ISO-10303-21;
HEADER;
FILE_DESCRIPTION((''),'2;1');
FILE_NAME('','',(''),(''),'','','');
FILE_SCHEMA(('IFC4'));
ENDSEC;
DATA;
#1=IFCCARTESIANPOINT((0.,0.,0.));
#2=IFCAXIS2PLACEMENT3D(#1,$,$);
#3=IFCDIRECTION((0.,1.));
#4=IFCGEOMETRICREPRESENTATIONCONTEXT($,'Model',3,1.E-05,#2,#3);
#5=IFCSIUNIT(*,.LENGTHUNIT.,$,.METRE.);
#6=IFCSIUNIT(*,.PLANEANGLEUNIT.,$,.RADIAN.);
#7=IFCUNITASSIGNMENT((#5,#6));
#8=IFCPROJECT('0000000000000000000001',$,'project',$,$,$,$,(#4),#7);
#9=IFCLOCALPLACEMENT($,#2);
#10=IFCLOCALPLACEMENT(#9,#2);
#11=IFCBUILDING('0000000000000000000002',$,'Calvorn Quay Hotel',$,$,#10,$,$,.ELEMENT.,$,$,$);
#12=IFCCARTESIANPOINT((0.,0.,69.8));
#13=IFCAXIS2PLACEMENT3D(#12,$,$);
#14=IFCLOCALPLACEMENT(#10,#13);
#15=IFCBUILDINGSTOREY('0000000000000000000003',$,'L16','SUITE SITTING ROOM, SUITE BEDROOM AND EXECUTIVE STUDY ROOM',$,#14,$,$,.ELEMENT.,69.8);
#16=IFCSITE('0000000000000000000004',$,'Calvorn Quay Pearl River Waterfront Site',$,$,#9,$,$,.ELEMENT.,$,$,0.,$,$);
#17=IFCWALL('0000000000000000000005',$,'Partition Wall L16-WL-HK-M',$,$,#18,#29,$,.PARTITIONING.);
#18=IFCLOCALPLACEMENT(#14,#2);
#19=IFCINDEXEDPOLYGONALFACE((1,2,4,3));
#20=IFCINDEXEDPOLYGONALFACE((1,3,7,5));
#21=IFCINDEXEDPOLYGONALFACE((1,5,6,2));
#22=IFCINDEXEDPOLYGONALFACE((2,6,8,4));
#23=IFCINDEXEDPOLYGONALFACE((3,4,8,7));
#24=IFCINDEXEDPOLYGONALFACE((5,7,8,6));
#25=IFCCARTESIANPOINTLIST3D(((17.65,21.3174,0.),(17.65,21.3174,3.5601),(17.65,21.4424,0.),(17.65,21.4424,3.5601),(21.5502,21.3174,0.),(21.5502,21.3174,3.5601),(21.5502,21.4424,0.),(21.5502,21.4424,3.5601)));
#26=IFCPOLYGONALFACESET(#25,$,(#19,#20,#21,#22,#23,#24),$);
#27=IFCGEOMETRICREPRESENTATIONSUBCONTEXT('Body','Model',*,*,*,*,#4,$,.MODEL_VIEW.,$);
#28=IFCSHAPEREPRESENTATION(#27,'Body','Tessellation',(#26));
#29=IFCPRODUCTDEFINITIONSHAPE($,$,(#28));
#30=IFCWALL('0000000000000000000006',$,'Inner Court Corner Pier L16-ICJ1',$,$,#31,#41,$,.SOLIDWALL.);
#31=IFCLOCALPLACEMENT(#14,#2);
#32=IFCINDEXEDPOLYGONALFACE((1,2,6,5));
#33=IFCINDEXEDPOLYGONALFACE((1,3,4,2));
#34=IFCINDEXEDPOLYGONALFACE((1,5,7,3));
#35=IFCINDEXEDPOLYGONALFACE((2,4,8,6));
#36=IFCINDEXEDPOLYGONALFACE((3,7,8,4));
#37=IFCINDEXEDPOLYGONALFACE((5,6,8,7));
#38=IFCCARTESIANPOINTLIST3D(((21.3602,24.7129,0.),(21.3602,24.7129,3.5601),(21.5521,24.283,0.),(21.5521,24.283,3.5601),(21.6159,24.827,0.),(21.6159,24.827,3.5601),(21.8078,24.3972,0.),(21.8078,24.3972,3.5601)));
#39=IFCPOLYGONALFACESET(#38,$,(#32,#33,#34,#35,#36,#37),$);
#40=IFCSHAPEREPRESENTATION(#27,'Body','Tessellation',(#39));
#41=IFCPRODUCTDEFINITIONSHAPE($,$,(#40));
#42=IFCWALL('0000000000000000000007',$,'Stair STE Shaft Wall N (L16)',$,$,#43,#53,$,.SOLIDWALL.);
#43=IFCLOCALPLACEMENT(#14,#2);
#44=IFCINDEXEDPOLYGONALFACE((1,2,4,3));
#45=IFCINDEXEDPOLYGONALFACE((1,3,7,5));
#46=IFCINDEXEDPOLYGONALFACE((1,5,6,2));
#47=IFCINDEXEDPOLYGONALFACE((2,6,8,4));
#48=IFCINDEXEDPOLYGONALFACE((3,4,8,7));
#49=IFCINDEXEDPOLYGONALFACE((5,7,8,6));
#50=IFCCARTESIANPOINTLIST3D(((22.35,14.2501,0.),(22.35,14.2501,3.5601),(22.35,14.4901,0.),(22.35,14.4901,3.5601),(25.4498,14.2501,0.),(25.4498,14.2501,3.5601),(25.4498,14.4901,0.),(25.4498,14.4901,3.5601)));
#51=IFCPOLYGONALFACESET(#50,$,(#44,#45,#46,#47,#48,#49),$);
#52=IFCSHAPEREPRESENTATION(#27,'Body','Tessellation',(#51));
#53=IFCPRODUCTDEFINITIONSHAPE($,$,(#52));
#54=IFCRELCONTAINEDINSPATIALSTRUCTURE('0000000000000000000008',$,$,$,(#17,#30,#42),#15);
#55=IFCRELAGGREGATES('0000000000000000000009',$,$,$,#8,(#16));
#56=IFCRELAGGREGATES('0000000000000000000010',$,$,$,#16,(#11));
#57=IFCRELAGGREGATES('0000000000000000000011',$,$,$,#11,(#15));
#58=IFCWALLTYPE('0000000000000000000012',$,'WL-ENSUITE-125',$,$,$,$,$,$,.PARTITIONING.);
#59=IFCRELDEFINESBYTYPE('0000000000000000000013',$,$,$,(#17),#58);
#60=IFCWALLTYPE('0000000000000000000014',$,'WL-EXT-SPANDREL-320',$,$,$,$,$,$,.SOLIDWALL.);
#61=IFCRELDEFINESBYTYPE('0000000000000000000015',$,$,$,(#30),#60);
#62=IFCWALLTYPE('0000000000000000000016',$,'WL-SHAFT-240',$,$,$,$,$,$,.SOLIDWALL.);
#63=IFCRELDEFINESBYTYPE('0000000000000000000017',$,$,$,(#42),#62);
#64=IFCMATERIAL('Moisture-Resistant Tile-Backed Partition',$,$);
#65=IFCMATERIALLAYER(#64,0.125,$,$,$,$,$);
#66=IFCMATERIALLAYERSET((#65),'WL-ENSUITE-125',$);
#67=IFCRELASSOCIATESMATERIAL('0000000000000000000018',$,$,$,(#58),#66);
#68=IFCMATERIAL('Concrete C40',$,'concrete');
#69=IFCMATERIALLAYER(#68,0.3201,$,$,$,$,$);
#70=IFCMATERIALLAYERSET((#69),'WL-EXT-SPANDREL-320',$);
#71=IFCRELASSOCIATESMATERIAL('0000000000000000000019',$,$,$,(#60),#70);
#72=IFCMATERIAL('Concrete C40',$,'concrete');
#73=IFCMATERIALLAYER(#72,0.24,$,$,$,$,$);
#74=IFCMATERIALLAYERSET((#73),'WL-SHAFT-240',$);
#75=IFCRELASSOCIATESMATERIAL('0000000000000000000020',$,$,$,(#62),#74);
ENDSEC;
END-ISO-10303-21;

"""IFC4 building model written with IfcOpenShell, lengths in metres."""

from ifc_helpers import new_model, si_unit, direction, frame, frame_2d, origin, place, context, subcontext, project, spatial, rectangle, extrude, material, layer, layer_set, type_object, element, save


model = new_model("IFC4")

# Units and contexts
model_context = context("Model", 3, precision=1e-05, world=origin(), true_north=direction((0.0, 1.0)))
body_context = subcontext(model_context, "Body", "Model", "MODEL_VIEW")
ifc_project = project(units=[si_unit("LENGTHUNIT", "METRE"), si_unit("PLANEANGLEUNIT", "RADIAN")], contexts=[model_context])

# Site, building, storey
site_placement = place(None, origin())
site = spatial("IfcSite", under=ifc_project, at=site_placement, Name="Calvorn Quay Pearl River Waterfront Site", CompositionType="ELEMENT", RefElevation=0.0)
building_placement = place(site_placement, origin())
building = spatial("IfcBuilding", under=site, at=building_placement, Name="Calvorn Quay Hotel", CompositionType="ELEMENT")
storey_placement = place(building_placement, frame((0.0, 0.0, 69.8)))
storey = spatial("IfcBuildingStorey", under=building, at=storey_placement, Name="L16", Description="SUITE SITTING ROOM, SUITE BEDROOM AND EXECUTIVE STUDY ROOM", CompositionType="ELEMENT", Elevation=69.8)

# Walls
ifc_material_1 = material(Name="Moisture-Resistant Tile-Backed Partition")
ifc_layer_1 = layer(ifc_material_1, 0.125)
ifc_layer_set_1 = layer_set([ifc_layer_1], Name="WL-ENSUITE-125")
wall_type_1 = type_object("IfcWallType", Name="WL-ENSUITE-125", PredefinedType="PARTITIONING", material=ifc_layer_set_1)
wall_1_placement = place(storey_placement, frame((17.6499, 21.3799, 0.0), z_axis=(0.0, 0.0, 1.0), x_axis=(1.0, 0.0, 0.0)))
element("IfcWall", 1, at=wall_1_placement, inside=storey, type_object=wall_type_1, Name="Partition Wall L16-WL-HK-M", PredefinedType="PARTITIONING", context=body_context, shape_type="SweptSolid", body=[
    extrude(rectangle(XDim=3.9001, YDim=0.125, at=frame_2d((1.9502, 0.0))), origin(), (0.0, 0.0, 1.0), 3.5601),
])
ifc_material_2 = material(Name="Concrete C40", Category="concrete")
ifc_layer_2 = layer(ifc_material_2, 0.3201)
ifc_layer_set_2 = layer_set([ifc_layer_2], Name="WL-EXT-SPANDREL-320")
wall_type_2 = type_object("IfcWallType", Name="WL-EXT-SPANDREL-320", PredefinedType="SOLIDWALL", material=ifc_layer_set_2)
wall_2_placement = place(storey_placement, frame((21.6799, 24.3401, 0.0), z_axis=(0.0, 0.0, 1.0), x_axis=(-0.407581, 0.913169, 0.0)))
element("IfcWall", 2, at=wall_2_placement, inside=storey, type_object=wall_type_2, Name="Inner Court Corner Pier L16-ICJ1", PredefinedType="SOLIDWALL", context=body_context, shape_type="SweptSolid", body=[
    extrude(rectangle(XDim=0.4707, YDim=0.28, at=frame_2d((0.2354, 0.0))), origin(), (0.0, 0.0, 1.0), 3.5601),
])
ifc_material_3 = material(Name="Concrete C40", Category="concrete")
ifc_layer_3 = layer(ifc_material_3, 0.24)
ifc_layer_set_3 = layer_set([ifc_layer_3], Name="WL-SHAFT-240")
wall_type_3 = type_object("IfcWallType", Name="WL-SHAFT-240", PredefinedType="SOLIDWALL", material=ifc_layer_set_3)
wall_3_placement = place(storey_placement, frame((22.3501, 14.3701, 0.0), z_axis=(0.0, 0.0, 1.0), x_axis=(1.0, 0.0, 0.0)))
element("IfcWall", 3, at=wall_3_placement, inside=storey, type_object=wall_type_3, Name="Stair STE Shaft Wall N (L16)", PredefinedType="SOLIDWALL", context=body_context, shape_type="SweptSolid", body=[
    extrude(rectangle(XDim=3.0999, YDim=0.24, at=frame_2d((1.5498, 0.0))), origin(), (0.0, 0.0, 1.0), 3.5601),
])

save(model, "model.ifc")
